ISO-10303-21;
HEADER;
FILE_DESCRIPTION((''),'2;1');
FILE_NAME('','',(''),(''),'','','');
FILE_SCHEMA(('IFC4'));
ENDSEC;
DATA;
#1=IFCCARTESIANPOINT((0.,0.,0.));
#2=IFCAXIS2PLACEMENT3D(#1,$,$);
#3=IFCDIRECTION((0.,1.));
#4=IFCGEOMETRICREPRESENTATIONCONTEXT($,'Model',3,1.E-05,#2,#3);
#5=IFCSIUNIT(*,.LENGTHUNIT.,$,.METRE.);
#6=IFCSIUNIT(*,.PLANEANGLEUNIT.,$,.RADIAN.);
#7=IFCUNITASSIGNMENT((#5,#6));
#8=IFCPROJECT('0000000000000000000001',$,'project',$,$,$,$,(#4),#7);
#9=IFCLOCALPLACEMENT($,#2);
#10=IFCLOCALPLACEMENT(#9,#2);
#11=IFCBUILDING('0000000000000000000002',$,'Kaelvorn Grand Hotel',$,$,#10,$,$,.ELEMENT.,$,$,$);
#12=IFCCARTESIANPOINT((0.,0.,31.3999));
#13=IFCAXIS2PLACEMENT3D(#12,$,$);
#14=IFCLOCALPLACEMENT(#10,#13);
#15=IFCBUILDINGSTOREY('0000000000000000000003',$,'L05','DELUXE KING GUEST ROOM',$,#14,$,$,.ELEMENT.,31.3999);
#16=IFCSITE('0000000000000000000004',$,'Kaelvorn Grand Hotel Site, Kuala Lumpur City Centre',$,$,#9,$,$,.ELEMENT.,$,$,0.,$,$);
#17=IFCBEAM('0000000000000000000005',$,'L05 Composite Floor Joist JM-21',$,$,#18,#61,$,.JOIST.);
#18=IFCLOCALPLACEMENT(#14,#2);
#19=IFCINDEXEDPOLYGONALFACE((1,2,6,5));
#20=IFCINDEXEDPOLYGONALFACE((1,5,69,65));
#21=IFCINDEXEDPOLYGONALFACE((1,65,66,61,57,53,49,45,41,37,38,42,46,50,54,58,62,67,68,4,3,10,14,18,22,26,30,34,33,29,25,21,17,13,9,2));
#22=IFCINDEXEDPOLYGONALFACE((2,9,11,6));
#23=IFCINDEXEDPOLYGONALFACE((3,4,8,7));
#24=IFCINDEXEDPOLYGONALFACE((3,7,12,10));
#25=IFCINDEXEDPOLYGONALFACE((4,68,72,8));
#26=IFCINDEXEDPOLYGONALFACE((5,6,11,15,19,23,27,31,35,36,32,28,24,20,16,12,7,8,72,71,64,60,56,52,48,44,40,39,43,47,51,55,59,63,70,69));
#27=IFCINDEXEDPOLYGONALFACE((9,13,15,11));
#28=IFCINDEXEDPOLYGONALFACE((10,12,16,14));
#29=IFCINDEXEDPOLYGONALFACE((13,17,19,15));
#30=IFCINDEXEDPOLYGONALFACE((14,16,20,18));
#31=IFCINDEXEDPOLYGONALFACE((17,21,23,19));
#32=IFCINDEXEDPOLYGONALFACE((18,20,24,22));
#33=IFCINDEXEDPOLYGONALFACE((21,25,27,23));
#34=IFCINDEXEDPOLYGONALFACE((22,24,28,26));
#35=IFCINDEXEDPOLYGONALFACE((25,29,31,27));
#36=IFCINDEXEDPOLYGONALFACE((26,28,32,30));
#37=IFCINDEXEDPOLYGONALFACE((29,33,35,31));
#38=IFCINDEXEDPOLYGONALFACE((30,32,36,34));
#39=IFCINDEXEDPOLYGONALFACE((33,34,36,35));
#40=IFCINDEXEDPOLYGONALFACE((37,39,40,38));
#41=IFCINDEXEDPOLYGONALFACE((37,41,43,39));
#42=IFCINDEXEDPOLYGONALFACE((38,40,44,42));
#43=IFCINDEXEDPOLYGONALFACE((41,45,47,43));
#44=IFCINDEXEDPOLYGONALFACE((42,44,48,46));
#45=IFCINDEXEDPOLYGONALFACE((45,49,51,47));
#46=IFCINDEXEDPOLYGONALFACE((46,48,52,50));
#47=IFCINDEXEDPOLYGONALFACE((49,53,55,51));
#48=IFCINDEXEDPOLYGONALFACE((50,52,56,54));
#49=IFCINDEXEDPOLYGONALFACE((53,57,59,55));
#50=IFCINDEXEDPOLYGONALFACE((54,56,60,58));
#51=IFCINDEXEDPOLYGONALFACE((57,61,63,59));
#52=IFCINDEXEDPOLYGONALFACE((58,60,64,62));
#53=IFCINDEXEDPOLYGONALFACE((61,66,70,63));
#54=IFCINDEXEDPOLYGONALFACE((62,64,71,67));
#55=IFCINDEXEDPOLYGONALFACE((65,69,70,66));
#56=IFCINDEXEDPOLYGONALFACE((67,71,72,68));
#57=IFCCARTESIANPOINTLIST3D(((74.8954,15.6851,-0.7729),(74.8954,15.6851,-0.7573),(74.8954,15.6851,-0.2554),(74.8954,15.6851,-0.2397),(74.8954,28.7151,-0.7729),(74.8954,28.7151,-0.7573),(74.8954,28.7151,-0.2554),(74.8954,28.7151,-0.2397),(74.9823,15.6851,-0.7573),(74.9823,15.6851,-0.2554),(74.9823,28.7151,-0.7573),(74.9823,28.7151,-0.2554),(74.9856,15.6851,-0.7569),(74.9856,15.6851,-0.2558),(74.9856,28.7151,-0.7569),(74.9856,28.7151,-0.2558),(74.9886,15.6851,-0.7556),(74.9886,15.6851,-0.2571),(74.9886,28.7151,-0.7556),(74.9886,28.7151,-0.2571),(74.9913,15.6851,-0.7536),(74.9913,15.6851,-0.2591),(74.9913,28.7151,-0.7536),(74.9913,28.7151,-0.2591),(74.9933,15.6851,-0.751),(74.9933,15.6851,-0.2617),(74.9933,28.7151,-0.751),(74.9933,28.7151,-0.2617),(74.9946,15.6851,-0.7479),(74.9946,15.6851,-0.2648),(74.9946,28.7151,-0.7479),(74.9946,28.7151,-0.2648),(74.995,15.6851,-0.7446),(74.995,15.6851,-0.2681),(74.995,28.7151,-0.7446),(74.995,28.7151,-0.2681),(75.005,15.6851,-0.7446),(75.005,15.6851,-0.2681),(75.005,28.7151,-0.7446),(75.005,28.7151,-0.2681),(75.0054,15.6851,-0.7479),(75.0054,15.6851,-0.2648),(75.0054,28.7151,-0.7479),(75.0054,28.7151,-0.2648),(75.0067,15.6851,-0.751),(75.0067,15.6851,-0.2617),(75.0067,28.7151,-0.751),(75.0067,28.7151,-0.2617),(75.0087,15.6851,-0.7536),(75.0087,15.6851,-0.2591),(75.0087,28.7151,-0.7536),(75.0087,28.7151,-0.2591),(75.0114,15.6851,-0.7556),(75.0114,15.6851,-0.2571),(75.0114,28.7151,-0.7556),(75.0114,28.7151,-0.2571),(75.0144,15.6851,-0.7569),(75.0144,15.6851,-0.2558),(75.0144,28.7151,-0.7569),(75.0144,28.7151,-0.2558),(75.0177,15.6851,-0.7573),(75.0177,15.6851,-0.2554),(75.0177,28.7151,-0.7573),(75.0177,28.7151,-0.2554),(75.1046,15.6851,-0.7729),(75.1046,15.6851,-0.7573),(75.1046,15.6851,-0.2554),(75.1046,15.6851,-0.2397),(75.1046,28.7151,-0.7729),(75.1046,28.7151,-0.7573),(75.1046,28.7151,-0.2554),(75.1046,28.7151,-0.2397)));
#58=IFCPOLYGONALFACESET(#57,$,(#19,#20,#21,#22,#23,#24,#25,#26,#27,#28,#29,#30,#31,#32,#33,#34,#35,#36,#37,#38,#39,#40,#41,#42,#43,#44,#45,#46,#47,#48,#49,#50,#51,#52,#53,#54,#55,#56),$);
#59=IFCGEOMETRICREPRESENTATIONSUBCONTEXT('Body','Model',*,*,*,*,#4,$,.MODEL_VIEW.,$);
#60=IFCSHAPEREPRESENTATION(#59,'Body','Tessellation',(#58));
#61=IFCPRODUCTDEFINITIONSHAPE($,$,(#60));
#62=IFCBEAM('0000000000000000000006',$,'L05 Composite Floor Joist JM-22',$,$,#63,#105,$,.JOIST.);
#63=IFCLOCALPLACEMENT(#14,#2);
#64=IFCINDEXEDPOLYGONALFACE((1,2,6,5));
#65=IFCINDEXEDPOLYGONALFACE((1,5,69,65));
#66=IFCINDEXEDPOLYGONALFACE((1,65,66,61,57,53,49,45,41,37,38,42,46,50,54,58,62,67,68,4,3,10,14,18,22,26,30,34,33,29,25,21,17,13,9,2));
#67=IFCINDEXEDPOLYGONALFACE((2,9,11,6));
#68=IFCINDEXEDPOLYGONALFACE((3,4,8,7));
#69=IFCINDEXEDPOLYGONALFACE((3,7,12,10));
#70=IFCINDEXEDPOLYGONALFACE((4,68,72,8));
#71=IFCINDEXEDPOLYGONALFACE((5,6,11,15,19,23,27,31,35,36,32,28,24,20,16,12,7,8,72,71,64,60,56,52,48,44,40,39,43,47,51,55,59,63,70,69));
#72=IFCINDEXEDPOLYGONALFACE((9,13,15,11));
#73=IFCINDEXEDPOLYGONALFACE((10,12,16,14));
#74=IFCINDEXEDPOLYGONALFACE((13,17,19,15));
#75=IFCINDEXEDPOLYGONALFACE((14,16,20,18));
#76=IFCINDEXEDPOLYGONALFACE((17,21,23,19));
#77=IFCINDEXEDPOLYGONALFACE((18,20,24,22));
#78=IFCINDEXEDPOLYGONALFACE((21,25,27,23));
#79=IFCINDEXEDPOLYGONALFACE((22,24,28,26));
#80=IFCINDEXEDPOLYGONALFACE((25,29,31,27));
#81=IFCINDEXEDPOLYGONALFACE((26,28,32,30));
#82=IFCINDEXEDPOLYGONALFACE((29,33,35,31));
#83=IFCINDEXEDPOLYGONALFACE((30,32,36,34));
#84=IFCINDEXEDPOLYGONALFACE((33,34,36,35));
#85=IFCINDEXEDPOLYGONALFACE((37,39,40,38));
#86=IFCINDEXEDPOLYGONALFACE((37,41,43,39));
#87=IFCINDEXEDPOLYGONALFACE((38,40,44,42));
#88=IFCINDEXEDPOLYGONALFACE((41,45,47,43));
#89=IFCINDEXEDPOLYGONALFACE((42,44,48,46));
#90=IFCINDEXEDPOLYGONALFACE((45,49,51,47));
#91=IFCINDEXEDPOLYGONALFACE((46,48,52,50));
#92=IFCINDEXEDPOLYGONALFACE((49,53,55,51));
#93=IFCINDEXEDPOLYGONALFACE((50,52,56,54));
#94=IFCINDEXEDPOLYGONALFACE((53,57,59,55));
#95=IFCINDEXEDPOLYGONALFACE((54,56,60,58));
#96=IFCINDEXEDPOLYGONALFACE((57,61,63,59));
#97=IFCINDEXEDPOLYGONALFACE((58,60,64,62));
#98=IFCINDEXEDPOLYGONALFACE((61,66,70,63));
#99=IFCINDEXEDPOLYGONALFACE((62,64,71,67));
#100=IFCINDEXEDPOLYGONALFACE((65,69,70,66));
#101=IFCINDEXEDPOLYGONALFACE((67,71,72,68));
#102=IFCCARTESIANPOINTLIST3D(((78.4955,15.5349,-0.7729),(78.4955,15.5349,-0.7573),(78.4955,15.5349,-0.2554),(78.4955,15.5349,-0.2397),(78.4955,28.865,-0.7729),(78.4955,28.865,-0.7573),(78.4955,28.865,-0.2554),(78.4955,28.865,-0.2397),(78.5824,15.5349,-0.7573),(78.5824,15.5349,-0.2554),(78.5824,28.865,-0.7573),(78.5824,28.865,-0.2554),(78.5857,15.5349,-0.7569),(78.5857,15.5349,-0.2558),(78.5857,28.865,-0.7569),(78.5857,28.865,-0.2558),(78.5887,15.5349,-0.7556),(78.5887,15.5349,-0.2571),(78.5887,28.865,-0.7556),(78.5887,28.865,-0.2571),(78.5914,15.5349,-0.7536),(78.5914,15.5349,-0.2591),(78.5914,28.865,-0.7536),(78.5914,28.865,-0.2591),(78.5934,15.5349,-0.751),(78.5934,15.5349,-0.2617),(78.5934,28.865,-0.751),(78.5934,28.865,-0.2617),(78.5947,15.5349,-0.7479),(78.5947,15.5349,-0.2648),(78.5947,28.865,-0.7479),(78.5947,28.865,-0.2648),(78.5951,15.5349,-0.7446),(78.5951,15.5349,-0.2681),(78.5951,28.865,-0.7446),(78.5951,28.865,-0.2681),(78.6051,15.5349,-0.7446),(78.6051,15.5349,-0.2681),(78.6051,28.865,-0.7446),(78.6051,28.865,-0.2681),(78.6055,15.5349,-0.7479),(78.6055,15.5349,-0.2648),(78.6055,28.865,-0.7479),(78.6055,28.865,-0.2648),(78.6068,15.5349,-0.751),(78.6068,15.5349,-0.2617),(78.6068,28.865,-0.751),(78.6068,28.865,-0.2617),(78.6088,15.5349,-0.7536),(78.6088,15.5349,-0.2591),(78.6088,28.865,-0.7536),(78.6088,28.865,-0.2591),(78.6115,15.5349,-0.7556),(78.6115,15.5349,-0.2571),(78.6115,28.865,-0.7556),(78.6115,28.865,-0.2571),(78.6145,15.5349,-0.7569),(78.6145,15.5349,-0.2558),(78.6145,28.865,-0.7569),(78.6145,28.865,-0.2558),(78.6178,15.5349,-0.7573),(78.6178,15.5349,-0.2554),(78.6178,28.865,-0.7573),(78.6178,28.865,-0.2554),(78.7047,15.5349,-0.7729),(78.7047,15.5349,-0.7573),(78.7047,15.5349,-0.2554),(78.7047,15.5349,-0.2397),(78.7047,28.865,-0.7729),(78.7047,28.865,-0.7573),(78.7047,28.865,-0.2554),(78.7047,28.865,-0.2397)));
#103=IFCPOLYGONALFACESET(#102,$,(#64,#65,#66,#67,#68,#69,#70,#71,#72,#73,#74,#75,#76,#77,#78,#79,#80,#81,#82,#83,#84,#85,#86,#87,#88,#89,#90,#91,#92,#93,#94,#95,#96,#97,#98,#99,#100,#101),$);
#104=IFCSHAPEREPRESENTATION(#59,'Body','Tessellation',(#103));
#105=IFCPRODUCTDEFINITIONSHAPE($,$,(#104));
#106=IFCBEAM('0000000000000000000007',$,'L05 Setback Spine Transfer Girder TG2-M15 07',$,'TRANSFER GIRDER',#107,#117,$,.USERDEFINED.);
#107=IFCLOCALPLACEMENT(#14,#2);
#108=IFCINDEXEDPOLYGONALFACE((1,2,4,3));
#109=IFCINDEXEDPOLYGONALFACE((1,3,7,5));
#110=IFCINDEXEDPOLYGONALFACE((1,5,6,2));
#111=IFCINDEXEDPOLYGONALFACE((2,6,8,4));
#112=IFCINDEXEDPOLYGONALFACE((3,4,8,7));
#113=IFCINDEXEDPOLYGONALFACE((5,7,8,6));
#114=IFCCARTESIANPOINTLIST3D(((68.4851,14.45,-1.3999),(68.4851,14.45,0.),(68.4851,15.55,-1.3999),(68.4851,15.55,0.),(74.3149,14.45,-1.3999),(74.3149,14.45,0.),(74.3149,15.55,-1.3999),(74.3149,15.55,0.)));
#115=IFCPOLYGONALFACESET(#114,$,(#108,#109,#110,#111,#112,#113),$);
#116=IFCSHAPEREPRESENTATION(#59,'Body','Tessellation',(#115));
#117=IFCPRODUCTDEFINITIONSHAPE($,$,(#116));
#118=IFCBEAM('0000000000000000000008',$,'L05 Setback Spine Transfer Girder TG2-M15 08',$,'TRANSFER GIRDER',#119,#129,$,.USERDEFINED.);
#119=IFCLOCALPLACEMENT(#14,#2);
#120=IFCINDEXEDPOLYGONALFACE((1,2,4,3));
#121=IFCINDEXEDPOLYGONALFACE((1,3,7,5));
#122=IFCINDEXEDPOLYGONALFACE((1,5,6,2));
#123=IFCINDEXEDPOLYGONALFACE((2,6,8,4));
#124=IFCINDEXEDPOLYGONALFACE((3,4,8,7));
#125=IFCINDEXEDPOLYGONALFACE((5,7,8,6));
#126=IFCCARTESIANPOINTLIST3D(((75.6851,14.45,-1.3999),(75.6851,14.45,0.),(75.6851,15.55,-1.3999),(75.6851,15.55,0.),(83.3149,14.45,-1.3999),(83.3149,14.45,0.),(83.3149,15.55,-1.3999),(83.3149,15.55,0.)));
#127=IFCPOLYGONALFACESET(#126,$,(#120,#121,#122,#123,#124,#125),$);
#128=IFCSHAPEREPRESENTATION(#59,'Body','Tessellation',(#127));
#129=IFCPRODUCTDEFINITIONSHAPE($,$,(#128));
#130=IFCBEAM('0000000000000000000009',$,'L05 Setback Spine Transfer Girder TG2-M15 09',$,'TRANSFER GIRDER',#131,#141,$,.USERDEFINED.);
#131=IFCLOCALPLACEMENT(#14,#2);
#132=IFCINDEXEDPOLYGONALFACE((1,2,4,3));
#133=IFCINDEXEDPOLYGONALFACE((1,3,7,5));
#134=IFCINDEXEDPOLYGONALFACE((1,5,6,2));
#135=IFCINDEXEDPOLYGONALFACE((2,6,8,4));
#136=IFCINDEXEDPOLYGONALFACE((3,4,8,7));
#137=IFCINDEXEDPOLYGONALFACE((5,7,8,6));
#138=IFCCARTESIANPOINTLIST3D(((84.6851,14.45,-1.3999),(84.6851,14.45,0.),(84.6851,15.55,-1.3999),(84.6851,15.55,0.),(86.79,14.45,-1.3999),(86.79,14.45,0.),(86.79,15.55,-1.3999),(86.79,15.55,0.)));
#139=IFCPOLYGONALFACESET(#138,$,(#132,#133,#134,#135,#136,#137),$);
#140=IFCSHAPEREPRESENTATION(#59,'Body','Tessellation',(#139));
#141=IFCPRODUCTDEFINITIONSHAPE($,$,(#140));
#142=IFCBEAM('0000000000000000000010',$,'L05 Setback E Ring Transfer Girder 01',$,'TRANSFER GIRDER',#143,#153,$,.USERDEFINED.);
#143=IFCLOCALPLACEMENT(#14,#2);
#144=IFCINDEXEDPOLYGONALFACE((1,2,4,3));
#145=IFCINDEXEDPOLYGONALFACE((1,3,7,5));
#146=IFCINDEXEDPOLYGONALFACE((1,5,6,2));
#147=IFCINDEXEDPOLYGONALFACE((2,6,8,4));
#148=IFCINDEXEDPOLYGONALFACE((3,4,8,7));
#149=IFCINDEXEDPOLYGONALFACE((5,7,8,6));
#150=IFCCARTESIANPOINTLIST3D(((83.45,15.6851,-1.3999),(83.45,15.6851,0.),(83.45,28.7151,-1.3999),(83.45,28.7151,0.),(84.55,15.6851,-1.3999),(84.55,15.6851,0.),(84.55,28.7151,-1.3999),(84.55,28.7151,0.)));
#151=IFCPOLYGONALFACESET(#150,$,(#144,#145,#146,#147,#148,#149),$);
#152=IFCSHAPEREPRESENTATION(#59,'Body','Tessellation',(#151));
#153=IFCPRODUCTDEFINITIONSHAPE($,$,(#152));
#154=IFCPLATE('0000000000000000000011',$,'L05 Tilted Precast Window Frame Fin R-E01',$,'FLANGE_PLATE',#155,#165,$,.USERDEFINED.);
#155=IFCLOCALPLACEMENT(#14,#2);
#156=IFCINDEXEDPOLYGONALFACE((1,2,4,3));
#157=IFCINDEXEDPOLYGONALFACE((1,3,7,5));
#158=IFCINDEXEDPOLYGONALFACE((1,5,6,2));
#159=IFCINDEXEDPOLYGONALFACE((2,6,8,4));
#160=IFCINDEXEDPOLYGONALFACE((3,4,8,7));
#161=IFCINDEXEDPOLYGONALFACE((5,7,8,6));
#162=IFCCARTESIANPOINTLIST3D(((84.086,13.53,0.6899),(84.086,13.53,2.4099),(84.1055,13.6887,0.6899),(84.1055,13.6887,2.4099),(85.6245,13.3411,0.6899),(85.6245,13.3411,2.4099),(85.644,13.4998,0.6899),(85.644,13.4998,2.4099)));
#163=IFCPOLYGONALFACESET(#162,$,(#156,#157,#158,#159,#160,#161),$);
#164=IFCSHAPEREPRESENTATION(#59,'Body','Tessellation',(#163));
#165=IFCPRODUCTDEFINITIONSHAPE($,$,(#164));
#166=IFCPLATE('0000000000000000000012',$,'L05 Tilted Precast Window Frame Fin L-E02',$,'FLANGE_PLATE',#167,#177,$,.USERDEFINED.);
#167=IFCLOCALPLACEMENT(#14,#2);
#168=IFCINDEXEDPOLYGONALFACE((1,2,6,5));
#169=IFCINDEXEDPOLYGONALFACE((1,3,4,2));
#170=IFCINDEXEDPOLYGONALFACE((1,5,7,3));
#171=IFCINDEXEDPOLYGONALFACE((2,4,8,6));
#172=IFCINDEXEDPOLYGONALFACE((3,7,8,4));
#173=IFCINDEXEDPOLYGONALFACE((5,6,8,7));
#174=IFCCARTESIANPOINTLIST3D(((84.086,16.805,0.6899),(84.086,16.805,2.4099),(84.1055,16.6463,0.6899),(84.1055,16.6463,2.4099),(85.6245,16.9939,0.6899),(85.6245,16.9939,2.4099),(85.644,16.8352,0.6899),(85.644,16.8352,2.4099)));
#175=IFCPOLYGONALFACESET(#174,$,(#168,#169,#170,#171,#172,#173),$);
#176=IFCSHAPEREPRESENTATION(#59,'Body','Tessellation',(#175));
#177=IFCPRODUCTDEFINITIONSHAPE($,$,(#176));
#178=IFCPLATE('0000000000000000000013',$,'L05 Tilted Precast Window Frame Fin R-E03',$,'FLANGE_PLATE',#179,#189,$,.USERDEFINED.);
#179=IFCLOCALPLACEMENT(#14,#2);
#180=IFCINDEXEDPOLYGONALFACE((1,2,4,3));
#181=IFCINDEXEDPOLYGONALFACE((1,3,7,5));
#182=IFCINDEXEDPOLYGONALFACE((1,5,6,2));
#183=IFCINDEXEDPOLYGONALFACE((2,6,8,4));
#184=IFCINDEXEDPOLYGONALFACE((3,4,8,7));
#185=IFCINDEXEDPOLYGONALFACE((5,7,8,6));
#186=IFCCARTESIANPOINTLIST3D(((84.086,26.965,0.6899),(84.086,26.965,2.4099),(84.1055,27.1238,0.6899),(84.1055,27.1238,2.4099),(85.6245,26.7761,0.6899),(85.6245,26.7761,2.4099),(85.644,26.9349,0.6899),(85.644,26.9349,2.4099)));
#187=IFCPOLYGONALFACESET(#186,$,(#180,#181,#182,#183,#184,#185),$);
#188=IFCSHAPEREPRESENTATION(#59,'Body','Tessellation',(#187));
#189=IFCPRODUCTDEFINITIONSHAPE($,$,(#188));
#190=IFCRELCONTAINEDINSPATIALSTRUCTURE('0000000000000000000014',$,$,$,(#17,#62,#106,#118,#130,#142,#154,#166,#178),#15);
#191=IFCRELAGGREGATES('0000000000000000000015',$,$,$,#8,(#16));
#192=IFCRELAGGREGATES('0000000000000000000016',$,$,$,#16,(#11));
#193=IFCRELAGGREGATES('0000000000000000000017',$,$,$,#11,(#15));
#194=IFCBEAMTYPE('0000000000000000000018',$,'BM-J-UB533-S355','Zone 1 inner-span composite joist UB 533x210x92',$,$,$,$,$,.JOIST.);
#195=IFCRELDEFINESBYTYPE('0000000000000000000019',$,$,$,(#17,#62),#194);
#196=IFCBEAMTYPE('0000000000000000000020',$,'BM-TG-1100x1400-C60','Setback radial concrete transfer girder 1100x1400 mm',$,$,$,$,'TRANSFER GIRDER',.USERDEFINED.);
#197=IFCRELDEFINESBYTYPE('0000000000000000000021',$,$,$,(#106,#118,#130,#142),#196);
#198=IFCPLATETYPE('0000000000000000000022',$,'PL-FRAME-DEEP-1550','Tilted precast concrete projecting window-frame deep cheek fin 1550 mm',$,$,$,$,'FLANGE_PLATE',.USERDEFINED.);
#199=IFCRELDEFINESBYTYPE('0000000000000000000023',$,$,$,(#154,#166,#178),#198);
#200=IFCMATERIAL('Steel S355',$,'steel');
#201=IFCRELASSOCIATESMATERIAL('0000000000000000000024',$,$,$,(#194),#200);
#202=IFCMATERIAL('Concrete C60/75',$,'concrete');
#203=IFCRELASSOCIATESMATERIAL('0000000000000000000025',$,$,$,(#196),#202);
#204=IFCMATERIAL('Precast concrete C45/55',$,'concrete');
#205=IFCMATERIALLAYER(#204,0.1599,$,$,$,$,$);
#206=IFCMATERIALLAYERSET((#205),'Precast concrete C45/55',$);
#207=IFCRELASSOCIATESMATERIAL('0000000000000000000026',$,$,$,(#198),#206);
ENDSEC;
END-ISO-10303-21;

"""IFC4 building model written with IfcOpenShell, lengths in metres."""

from ifc_helpers import new_model, si_unit, direction, frame, origin, origin_2d, place, context, subcontext, project, spatial, rectangle, i_section, extrude, material, layer, layer_set, material_profile, profile_set, type_object, element, save


model = new_model("IFC4")

# Units and contexts
model_context = context("Model", 3, precision=1e-05, world=origin(), true_north=direction((0.0, 1.0)))
body_context = subcontext(model_context, "Body", "Model", "MODEL_VIEW")
ifc_project = project(units=[si_unit("LENGTHUNIT", "METRE"), si_unit("PLANEANGLEUNIT", "RADIAN")], contexts=[model_context])

# Site, building, storey
site_placement = place(None, origin())
site = spatial("IfcSite", under=ifc_project, at=site_placement, Name="Kaelvorn Grand Hotel Site, Kuala Lumpur City Centre", CompositionType="ELEMENT", RefElevation=0.0)
building_placement = place(site_placement, origin())
building = spatial("IfcBuilding", under=site, at=building_placement, Name="Kaelvorn Grand Hotel", CompositionType="ELEMENT")
storey_placement = place(building_placement, frame((0.0, 0.0, 31.3999)))
storey = spatial("IfcBuildingStorey", under=building, at=storey_placement, Name="L05", Description="DELUXE KING GUEST ROOM", CompositionType="ELEMENT", Elevation=31.3999)

# Beams
ifc_material_1 = material(Name="Steel S355", Category="steel")
ifc_material_profile_1 = material_profile(ifc_material_1, i_section(OverallWidth=0.2092, OverallDepth=0.5332, WebThickness=0.01, FlangeThickness=0.0156, FilletRadius=0.0127, at=origin_2d()), Name="UB 533x210x92")
ifc_profile_set_1 = profile_set([ifc_material_profile_1], Name="Steel S355")
beam_type_1 = type_object("IfcBeamType", Name="BM-J-UB533-S355", Description="Zone 1 inner-span composite joist UB 533x210x92", PredefinedType="JOIST", material=ifc_profile_set_1)
beam_1_placement = place(storey_placement, frame((75.0, 15.6851, -0.5063), z_axis=(0.0, 1.0, 0.0), x_axis=(-1.0, 0.0, 0.0)))
element("IfcBeam", 1, at=beam_1_placement, inside=storey, type_object=beam_type_1, Name="L05 Composite Floor Joist JM-21", PredefinedType="JOIST", context=body_context, shape_type="SweptSolid", body=[
    extrude(i_section(OverallWidth=0.2092, OverallDepth=0.5332, WebThickness=0.01, FlangeThickness=0.0156, FilletRadius=0.0127, at=origin_2d()), origin(), (0.0, 0.0, 1.0), 13.03),
])
beam_2_placement = place(storey_placement, frame((78.6001, 15.5349, -0.5063), z_axis=(0.0, 1.0, 0.0), x_axis=(-1.0, 0.0, 0.0)))
element("IfcBeam", 2, at=beam_2_placement, inside=storey, type_object=beam_type_1, Name="L05 Composite Floor Joist JM-22", PredefinedType="JOIST", context=body_context, shape_type="SweptSolid", body=[
    extrude(i_section(OverallWidth=0.2092, OverallDepth=0.5332, WebThickness=0.01, FlangeThickness=0.0156, FilletRadius=0.0127, at=origin_2d()), origin(), (0.0, 0.0, 1.0), 13.3301),
])
ifc_material_2 = material(Name="Concrete C60/75", Category="concrete")
ifc_material_profile_2 = material_profile(ifc_material_2, rectangle(XDim=1.1001, YDim=1.3999, at=origin_2d()), Name="RC TG 1100x1400")
ifc_profile_set_2 = profile_set([ifc_material_profile_2], Name="Concrete C60/75")
beam_type_2 = type_object("IfcBeamType", Name="BM-TG-1100x1400-C60", Description="Setback radial concrete transfer girder 1100x1400 mm", ElementType="TRANSFER GIRDER", PredefinedType="USERDEFINED", material=ifc_profile_set_2)
beam_3_placement = place(storey_placement, frame((68.4851, 15.0, -0.7), z_axis=(1.0, 0.0, 0.0), x_axis=(0.0, 1.0, 0.0)))
element("IfcBeam", 3, at=beam_3_placement, inside=storey, type_object=beam_type_2, Name="L05 Setback Spine Transfer Girder TG2-M15 07", ObjectType="TRANSFER GIRDER", PredefinedType="USERDEFINED", context=body_context, shape_type="SweptSolid", body=[
    extrude(rectangle(XDim=1.1001, YDim=1.3999, at=origin_2d()), origin(), (0.0, 0.0, 1.0), 5.8298),
])
beam_4_placement = place(storey_placement, frame((75.6851, 15.0, -0.7), z_axis=(1.0, 0.0, 0.0), x_axis=(0.0, 1.0, 0.0)))
element("IfcBeam", 4, at=beam_4_placement, inside=storey, type_object=beam_type_2, Name="L05 Setback Spine Transfer Girder TG2-M15 08", ObjectType="TRANSFER GIRDER", PredefinedType="USERDEFINED", context=body_context, shape_type="SweptSolid", body=[
    extrude(rectangle(XDim=1.1001, YDim=1.3999, at=origin_2d()), origin(), (0.0, 0.0, 1.0), 7.6299),
])
beam_5_placement = place(storey_placement, frame((84.6851, 15.0, -0.7), z_axis=(1.0, 0.0, 0.0), x_axis=(0.0, 1.0, 0.0)))
element("IfcBeam", 5, at=beam_5_placement, inside=storey, type_object=beam_type_2, Name="L05 Setback Spine Transfer Girder TG2-M15 09", ObjectType="TRANSFER GIRDER", PredefinedType="USERDEFINED", context=body_context, shape_type="SweptSolid", body=[
    extrude(rectangle(XDim=1.1001, YDim=1.3999, at=origin_2d()), origin(), (0.0, 0.0, 1.0), 2.105),
])
beam_6_placement = place(storey_placement, frame((84.0, 15.6851, -0.7), z_axis=(0.0, 1.0, 0.0), x_axis=(-1.0, 0.0, 0.0)))
element("IfcBeam", 6, at=beam_6_placement, inside=storey, type_object=beam_type_2, Name="L05 Setback E Ring Transfer Girder 01", ObjectType="TRANSFER GIRDER", PredefinedType="USERDEFINED", context=body_context, shape_type="SweptSolid", body=[
    extrude(rectangle(XDim=1.1001, YDim=1.3999, at=origin_2d()), origin(), (0.0, 0.0, 1.0), 13.03),
])

# Plates
ifc_material_3 = material(Name="Precast concrete C45/55", Category="concrete")
ifc_layer_1 = layer(ifc_material_3, 0.1599)
ifc_layer_set_1 = layer_set([ifc_layer_1], Name="Precast concrete C45/55")
plate_type_1 = type_object("IfcPlateType", Name="PL-FRAME-DEEP-1550", Description="Tilted precast concrete projecting window-frame deep cheek fin 1550 mm", ElementType="FLANGE_PLATE", PredefinedType="USERDEFINED", material=ifc_layer_set_1)
for number, where, z_axis, x_axis, name in (
    (7, (84.865, 13.5149, 0.6899), (0.0, 0.0, 1.0), (0.121869, 0.992546, 0.0), "L05 Tilted Precast Window Frame Fin R-E01"),
    (8, (84.865, 16.8201, 0.6899), (0.0, 0.0, 1.0), (-0.121869, 0.992546, 0.0), "L05 Tilted Precast Window Frame Fin L-E02"),
    (9, (84.865, 26.95, 0.6899), (0.0, 0.0, 1.0), (0.121869, 0.992546, 0.0), "L05 Tilted Precast Window Frame Fin R-E03"),
):
    element("IfcPlate", number, at=place(storey_placement, frame(where, z_axis=z_axis, x_axis=x_axis)), inside=storey, type_object=plate_type_1, Name=name, ObjectType="FLANGE_PLATE", PredefinedType="USERDEFINED", context=body_context, shape_type="SweptSolid", body=[
        extrude(rectangle(XDim=0.1599, YDim=1.55, at=origin_2d()), origin(), (0.0, 0.0, 1.0), 1.72),
    ])

save(model, "model.ifc")
